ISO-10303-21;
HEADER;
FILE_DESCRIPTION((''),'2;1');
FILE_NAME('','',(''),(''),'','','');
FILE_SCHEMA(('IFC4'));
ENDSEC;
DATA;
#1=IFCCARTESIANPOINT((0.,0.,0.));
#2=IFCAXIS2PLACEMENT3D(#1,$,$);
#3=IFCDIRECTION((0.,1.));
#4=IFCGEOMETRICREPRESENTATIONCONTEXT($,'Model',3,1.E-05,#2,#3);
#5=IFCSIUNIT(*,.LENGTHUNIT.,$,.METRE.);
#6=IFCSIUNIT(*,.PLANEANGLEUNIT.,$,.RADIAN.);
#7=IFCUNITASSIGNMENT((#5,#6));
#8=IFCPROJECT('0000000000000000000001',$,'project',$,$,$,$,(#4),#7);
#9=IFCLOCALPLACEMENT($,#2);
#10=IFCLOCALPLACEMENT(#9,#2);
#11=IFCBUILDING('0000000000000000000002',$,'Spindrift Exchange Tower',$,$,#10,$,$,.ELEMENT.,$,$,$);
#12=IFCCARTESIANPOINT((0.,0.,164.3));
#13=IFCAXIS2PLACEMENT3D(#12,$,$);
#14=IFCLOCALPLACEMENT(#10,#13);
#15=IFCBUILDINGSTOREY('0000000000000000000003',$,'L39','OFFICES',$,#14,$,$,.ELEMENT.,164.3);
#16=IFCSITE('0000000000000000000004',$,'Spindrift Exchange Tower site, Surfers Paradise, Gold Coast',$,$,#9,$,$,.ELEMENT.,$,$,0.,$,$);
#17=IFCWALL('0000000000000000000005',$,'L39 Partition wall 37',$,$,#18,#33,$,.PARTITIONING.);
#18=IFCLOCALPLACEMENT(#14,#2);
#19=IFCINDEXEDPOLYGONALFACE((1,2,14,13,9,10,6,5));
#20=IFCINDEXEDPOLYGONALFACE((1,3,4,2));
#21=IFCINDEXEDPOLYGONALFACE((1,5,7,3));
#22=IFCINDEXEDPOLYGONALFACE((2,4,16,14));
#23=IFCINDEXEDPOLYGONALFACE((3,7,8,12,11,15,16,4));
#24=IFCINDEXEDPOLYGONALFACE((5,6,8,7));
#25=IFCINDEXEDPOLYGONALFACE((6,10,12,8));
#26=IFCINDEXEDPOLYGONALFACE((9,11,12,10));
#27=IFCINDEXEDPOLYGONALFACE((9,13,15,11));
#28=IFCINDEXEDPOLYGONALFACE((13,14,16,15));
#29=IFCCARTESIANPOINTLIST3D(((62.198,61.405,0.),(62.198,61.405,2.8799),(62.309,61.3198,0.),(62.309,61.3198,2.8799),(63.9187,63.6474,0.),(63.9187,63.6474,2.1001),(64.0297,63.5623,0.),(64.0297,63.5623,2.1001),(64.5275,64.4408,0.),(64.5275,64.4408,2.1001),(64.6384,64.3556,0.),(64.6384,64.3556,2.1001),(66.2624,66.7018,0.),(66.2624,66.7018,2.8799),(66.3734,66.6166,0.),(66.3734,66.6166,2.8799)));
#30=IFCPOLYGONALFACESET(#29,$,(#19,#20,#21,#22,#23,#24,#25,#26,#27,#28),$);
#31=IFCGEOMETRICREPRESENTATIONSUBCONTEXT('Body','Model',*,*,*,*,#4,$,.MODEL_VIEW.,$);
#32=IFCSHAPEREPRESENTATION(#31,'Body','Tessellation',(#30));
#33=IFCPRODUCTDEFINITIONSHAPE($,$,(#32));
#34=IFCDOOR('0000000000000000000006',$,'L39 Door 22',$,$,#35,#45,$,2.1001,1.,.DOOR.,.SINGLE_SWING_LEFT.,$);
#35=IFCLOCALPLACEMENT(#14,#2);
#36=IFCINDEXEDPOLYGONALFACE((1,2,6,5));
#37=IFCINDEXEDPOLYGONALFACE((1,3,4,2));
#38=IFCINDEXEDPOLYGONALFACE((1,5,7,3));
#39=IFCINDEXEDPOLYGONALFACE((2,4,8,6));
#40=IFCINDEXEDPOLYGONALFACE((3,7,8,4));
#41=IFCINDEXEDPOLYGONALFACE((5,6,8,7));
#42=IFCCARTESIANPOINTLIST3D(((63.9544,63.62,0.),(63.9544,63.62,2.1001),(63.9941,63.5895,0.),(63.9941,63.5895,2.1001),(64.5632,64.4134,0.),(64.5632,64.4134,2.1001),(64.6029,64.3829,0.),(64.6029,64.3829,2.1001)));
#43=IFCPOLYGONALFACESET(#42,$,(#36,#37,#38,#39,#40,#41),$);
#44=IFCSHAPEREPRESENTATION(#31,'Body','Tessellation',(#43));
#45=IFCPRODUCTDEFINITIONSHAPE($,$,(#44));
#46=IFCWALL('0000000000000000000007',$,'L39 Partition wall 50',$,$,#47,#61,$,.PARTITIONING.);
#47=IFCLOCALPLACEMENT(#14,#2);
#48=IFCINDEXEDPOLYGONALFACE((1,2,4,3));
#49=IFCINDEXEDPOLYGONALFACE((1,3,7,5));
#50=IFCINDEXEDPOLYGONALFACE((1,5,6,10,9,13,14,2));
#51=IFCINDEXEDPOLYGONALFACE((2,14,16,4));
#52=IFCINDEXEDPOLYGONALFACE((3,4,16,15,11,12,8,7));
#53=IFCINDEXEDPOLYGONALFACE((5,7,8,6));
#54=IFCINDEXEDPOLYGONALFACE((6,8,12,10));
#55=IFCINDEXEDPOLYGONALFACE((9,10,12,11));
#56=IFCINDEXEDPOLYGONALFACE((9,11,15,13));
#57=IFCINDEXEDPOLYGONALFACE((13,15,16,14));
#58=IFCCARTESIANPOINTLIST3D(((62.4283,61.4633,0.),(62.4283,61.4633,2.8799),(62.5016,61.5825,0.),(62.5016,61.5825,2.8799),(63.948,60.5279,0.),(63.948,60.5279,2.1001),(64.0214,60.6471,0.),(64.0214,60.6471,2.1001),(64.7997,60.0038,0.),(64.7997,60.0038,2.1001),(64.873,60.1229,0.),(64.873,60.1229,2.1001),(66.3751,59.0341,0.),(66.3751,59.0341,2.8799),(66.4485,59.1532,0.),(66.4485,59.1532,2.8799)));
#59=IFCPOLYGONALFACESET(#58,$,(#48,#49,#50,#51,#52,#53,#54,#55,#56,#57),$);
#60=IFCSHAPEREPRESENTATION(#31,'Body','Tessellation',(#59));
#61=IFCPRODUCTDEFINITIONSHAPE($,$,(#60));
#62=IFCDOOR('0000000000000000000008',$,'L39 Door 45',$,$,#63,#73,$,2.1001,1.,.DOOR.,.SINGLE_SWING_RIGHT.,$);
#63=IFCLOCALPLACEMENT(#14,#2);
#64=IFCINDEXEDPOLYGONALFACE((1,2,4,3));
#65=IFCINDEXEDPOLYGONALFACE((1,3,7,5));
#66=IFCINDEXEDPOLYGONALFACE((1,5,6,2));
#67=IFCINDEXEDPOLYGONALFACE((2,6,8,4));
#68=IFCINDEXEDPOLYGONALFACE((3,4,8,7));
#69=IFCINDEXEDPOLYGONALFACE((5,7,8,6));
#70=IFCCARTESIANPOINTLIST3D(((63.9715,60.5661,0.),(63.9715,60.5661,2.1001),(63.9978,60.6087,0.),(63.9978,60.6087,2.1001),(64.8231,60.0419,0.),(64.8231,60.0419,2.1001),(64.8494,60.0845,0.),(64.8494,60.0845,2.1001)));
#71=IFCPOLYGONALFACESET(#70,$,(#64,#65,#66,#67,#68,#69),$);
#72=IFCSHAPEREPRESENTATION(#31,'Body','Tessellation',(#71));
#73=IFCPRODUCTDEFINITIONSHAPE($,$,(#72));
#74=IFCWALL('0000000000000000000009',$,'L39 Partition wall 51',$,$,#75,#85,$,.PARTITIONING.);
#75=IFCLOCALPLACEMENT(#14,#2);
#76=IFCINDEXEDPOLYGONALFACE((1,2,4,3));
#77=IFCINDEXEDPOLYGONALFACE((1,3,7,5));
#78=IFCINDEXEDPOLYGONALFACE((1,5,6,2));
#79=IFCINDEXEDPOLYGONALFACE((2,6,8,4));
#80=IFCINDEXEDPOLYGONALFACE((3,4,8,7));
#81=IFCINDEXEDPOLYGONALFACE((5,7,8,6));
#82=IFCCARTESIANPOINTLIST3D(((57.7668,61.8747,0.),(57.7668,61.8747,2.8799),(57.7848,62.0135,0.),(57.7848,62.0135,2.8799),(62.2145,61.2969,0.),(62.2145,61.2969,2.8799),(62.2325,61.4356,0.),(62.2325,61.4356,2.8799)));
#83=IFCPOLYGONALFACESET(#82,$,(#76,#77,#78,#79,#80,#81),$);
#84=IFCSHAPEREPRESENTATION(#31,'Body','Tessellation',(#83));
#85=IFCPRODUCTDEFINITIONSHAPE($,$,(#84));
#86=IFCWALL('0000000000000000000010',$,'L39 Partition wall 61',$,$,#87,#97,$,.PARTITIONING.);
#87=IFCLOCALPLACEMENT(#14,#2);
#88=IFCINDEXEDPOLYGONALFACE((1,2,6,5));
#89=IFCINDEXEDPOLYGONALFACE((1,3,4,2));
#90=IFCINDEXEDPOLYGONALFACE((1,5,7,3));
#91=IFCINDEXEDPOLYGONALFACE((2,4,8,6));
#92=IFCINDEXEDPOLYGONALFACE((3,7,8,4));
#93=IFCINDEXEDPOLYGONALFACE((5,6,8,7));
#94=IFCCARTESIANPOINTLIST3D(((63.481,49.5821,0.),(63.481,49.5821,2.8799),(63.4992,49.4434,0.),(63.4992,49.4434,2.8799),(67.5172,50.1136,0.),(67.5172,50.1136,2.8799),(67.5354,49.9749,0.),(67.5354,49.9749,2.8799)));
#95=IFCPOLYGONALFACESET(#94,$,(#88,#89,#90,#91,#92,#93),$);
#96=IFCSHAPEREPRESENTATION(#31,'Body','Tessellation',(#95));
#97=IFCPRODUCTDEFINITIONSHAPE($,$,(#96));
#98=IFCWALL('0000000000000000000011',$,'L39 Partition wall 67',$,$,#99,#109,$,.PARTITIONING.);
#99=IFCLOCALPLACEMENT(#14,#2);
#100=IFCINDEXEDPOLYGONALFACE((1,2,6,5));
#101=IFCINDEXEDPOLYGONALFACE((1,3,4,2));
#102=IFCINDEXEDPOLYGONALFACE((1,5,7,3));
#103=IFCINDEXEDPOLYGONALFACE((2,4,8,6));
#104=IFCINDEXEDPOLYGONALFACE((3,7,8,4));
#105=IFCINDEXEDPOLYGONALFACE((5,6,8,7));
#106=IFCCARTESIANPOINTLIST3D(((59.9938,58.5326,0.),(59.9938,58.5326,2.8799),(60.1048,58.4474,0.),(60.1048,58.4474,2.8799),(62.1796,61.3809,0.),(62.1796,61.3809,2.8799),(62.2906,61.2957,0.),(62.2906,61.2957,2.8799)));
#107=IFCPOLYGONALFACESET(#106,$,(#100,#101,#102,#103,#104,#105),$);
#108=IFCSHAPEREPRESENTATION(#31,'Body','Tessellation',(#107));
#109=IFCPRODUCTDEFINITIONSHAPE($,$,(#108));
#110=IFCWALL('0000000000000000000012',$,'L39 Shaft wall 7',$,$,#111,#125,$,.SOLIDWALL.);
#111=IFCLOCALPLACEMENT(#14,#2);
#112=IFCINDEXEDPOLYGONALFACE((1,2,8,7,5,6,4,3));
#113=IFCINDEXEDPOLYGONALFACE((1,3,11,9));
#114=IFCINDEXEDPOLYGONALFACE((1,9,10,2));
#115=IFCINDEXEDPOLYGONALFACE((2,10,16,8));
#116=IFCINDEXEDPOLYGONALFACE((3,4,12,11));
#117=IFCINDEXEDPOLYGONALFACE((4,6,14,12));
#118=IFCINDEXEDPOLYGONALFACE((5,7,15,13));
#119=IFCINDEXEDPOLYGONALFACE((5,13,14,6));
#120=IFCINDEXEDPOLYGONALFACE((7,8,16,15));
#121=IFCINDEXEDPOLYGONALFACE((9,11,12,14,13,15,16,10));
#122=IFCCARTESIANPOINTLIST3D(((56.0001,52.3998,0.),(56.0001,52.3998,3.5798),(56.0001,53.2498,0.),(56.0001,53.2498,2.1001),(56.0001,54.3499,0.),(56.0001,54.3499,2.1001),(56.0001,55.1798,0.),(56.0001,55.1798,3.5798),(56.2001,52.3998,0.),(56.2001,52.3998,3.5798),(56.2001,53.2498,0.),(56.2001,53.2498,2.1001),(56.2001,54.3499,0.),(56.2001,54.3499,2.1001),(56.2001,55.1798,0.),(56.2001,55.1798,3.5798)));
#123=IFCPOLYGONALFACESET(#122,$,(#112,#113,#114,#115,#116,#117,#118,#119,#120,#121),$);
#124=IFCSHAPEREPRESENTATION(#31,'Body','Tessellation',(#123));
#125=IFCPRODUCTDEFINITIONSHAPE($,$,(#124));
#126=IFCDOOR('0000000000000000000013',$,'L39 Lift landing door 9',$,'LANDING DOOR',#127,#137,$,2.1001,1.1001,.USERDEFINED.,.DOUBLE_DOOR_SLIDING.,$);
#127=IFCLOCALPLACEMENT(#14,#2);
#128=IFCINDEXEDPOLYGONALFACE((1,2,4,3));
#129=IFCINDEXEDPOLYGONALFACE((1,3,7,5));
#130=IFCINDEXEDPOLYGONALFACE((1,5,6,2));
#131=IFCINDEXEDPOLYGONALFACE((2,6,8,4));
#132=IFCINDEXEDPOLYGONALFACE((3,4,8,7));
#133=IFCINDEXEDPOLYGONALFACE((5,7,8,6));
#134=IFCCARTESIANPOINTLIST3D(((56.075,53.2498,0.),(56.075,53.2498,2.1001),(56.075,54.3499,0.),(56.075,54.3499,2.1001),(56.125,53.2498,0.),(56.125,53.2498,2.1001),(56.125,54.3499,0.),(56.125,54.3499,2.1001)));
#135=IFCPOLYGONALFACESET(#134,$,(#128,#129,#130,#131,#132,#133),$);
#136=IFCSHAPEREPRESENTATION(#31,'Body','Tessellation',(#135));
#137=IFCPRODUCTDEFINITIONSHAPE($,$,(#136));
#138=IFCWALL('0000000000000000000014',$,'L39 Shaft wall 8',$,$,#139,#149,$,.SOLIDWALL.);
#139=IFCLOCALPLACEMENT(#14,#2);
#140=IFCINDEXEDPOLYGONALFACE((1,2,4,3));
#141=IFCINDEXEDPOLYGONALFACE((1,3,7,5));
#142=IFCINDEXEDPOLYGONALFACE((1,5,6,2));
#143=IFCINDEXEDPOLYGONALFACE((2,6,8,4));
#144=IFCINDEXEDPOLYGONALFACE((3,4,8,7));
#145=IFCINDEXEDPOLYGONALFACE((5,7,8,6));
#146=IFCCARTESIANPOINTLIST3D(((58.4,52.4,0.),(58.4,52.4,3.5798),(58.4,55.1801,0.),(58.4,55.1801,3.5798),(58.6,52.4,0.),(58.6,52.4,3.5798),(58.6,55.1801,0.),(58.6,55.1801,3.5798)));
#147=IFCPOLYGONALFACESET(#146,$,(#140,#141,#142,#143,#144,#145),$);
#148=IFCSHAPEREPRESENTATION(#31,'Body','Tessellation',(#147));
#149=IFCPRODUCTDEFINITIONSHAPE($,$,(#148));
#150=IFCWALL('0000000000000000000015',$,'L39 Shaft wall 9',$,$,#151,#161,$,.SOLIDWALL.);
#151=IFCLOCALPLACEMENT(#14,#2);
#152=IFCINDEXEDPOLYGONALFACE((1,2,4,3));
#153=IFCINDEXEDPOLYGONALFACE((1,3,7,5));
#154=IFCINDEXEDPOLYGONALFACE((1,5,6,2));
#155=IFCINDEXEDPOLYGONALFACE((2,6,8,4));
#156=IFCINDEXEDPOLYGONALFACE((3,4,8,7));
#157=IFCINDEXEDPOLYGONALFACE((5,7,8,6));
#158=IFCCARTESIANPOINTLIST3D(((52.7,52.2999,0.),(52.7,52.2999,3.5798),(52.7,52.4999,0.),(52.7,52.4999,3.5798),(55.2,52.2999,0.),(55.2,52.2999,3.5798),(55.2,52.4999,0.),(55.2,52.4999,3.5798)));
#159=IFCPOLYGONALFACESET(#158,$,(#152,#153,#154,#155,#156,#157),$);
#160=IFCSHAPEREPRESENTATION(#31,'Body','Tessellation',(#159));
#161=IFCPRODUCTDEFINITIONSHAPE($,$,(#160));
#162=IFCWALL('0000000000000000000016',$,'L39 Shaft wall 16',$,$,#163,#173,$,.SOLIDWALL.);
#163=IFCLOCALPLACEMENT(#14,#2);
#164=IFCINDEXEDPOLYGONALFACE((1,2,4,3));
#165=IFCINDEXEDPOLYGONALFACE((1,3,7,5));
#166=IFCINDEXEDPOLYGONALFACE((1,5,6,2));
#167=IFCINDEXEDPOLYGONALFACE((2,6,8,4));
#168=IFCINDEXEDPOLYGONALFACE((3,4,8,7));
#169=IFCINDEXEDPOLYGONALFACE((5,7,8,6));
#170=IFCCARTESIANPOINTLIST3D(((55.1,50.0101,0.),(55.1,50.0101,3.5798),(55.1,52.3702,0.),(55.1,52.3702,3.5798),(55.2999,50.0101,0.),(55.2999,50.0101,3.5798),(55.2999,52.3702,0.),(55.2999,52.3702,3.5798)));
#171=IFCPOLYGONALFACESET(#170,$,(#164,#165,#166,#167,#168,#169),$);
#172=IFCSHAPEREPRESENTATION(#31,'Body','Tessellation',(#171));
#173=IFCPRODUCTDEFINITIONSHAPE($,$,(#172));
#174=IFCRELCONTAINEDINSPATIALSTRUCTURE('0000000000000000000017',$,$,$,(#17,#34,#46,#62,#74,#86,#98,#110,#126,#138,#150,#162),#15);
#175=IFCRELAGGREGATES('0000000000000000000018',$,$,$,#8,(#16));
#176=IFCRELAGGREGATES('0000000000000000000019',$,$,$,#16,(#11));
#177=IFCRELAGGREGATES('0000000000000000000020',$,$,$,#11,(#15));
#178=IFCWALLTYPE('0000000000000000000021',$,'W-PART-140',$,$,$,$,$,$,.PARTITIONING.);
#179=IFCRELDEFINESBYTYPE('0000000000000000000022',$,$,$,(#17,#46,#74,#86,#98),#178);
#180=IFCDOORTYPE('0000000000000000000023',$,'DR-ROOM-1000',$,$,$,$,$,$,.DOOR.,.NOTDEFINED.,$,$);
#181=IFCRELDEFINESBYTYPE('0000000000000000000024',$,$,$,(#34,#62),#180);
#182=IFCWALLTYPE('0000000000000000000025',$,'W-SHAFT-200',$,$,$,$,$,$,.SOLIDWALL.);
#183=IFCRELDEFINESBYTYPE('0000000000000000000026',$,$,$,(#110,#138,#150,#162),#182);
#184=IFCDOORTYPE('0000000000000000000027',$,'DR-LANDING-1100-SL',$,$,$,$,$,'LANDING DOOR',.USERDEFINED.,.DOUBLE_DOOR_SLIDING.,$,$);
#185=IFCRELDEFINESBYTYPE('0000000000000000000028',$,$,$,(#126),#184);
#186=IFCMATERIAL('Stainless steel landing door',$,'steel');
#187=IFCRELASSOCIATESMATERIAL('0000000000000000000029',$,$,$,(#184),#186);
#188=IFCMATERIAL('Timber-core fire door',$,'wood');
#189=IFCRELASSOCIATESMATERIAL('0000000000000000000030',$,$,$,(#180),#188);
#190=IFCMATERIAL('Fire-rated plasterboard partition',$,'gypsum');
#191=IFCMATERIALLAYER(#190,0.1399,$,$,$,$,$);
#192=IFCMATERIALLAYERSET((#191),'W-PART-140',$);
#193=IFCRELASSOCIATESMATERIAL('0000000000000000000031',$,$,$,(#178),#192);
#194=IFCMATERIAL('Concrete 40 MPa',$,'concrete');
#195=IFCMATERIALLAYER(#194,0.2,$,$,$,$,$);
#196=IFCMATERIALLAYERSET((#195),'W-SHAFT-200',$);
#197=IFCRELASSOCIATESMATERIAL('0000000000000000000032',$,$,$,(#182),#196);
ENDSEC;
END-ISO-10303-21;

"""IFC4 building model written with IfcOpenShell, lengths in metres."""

from ifc_helpers import new_model, si_unit, direction, frame, frame_2d, origin, place, context, subcontext, project, spatial, rectangle, extrude, source, transform, mapped, material, layer, layer_set, type_object, element, fill, save


model = new_model("IFC4")

# Units and contexts
model_context = context("Model", 3, precision=1e-05, world=origin(), true_north=direction((0.0, 1.0)))
body_context = subcontext(model_context, "Body", "Model", "MODEL_VIEW")
ifc_project = project(units=[si_unit("LENGTHUNIT", "METRE"), si_unit("PLANEANGLEUNIT", "RADIAN")], contexts=[model_context])

# Site, building, storey
site_placement = place(None, origin())
site = spatial("IfcSite", under=ifc_project, at=site_placement, Name="Spindrift Exchange Tower site, Surfers Paradise, Gold Coast", CompositionType="ELEMENT", RefElevation=0.0)
building_placement = place(site_placement, origin())
building = spatial("IfcBuilding", under=site, at=building_placement, Name="Spindrift Exchange Tower", CompositionType="ELEMENT")
storey_placement = place(building_placement, frame((0.0, 0.0, 164.3)))
storey = spatial("IfcBuildingStorey", under=building, at=storey_placement, Name="L39", Description="OFFICES", CompositionType="ELEMENT", Elevation=164.3)

# Shared definitions
ifc_material_1 = material(Name="Stainless steel landing door", Category="steel")
door_type_1 = type_object("IfcDoorType", Name="DR-LANDING-1100-SL", ElementType="LANDING DOOR", OperationType="DOUBLE_DOOR_SLIDING", PredefinedType="USERDEFINED", material=ifc_material_1)
shared_shape_1 = source(origin(), body_context, "Body", "SweptSolid", [
    extrude(rectangle(XDim=1.1001, YDim=2.1001, at=frame_2d((0.55, 1.05))), frame((0.0, 0.0249, 0.0), z_axis=(0.0, -1.0, 0.0), x_axis=(1.0, 0.0, 0.0)), (0.0, 0.0, 1.0), 0.05),
])
ifc_material_2 = material(Name="Timber-core fire door", Category="wood")
ifc_material_3 = material(Name="Fire-rated plasterboard partition", Category="gypsum")
door_type_2 = type_object("IfcDoorType", Name="DR-ROOM-1000", OperationType="NOTDEFINED", PredefinedType="DOOR", material=ifc_material_2)
shared_shape_2 = source(origin(), body_context, "Body", "SweptSolid", [
    extrude(rectangle(XDim=1.0, YDim=2.1001, at=frame_2d((0.5, 1.05))), frame((0.0, 0.0249, 0.0), z_axis=(0.0, -1.0, 0.0), x_axis=(1.0, 0.0, 0.0)), (0.0, 0.0, 1.0), 0.05),
])

# Walls, openings, doors
ifc_layer_1 = layer(ifc_material_3, 0.1399)
ifc_layer_set_1 = layer_set([ifc_layer_1], Name="W-PART-140")
wall_type_1 = type_object("IfcWallType", Name="W-PART-140", PredefinedType="PARTITIONING", material=ifc_layer_set_1)
wall_1_placement = place(storey_placement, frame((62.2534, 61.3623, 0.0), z_axis=(0.0, 0.0, 1.0), x_axis=(0.608763, 0.793352, 0.0)))
wall_1 = element("IfcWall", 1, at=wall_1_placement, inside=storey, type_object=wall_type_1, Name="L39 Partition wall 37", PredefinedType="PARTITIONING", context=body_context, shape_type="SweptSolid", body=[
    extrude(rectangle(XDim=6.6765, YDim=0.1399, at=frame_2d((3.3384, 0.0))), origin(), (0.0, 0.0, 1.0), 2.8799),
])
opening_1_placement = place(wall_1_placement, frame((2.8267, 0.0, 0.0)))
opening_1 = element("IfcOpeningElement", 2, at=opening_1_placement, cuts=wall_1, PredefinedType="OPENING", context=body_context, shape_type="SweptSolid", body=[
    extrude(rectangle(XDim=1.0, YDim=2.1001, at=frame_2d((0.5, 1.05))), frame((0.0, 0.0798, 0.0), z_axis=(0.0, -1.0, 0.0), x_axis=(1.0, 0.0, 0.0)), (0.0, 0.0, 1.0), 0.1599),
])
door_1_placement = place(opening_1_placement, origin())
door_1 = element("IfcDoor", 3, at=door_1_placement, inside=storey, type_object=door_type_2, Name="L39 Door 22", OperationType="SINGLE_SWING_LEFT", OverallHeight=2.1001, OverallWidth=1.0, PredefinedType="DOOR", context=body_context, shape_type="MappedRepresentation", body=[
    mapped(shared_shape_2, transform((0.0, 0.0, 0.0), scale=1.0)),
])
fill(opening_1, door_1)
wall_2_placement = place(storey_placement, frame((62.4648, 61.5229, 0.0), z_axis=(0.0, 0.0, 1.0), x_axis=(0.851619, -0.524162, 0.0)))
wall_2 = element("IfcWall", 4, at=wall_2_placement, inside=storey, type_object=wall_type_1, Name="L39 Partition wall 50", PredefinedType="PARTITIONING", context=body_context, shape_type="SweptSolid", body=[
    extrude(rectangle(XDim=4.6345, YDim=0.1399, at=frame_2d((2.3174, 0.0))), origin(), (0.0, 0.0, 1.0), 2.8799),
])
opening_2_placement = place(wall_2_placement, frame((1.7847, 0.0, 0.0)))
opening_2 = element("IfcOpeningElement", 5, at=opening_2_placement, cuts=wall_2, PredefinedType="OPENING", context=body_context, shape_type="SweptSolid", body=[
    extrude(rectangle(XDim=1.0, YDim=2.1001, at=frame_2d((0.5, 1.05))), frame((0.0, 0.0798, 0.0), z_axis=(0.0, -1.0, 0.0), x_axis=(1.0, 0.0, 0.0)), (0.0, 0.0, 1.0), 0.1599),
])
door_2_placement = place(opening_2_placement, origin())
door_2 = element("IfcDoor", 6, at=door_2_placement, inside=storey, type_object=door_type_2, Name="L39 Door 45", OperationType="SINGLE_SWING_RIGHT", OverallHeight=2.1001, OverallWidth=1.0, PredefinedType="DOOR", context=body_context, shape_type="MappedRepresentation", body=[
    mapped(shared_shape_2, transform((0.0, 0.0, 0.0), scale=1.0)),
])
fill(opening_2, door_2)

# Walls
wall_3_placement = place(storey_placement, frame((62.2236, 61.3662, 0.0), z_axis=(0.0, 0.0, 1.0), x_axis=(-0.991665, 0.128844, 0.0)))
element("IfcWall", 7, at=wall_3_placement, inside=storey, type_object=wall_type_1, Name="L39 Partition wall 51", PredefinedType="PARTITIONING", context=body_context, shape_type="SweptSolid", body=[
    extrude(rectangle(XDim=4.4851, YDim=0.1399, at=frame_2d((2.2427, 0.0))), origin(), (0.0, 0.0, 1.0), 2.8799),
])
wall_4_placement = place(storey_placement, frame((63.49, 49.5127, 0.0), z_axis=(0.0, 0.0, 1.0), x_axis=(0.991441, 0.130557, 0.0)))
element("IfcWall", 8, at=wall_4_placement, inside=storey, type_object=wall_type_1, Name="L39 Partition wall 61", PredefinedType="PARTITIONING", context=body_context, shape_type="SweptSolid", body=[
    extrude(rectangle(XDim=4.071, YDim=0.1399, at=frame_2d((2.0356, 0.0))), origin(), (0.0, 0.0, 1.0), 2.8799),
])
wall_5_placement = place(storey_placement, frame((60.0493, 58.49, 0.0), z_axis=(0.0, 0.0, 1.0), x_axis=(0.608787, 0.793334, 0.0)))
element("IfcWall", 9, at=wall_5_placement, inside=storey, type_object=wall_type_1, Name="L39 Partition wall 67", PredefinedType="PARTITIONING", context=body_context, shape_type="SweptSolid", body=[
    extrude(rectangle(XDim=3.5903, YDim=0.1399, at=frame_2d((1.7952, 0.0))), origin(), (0.0, 0.0, 1.0), 2.8799),
])

# Wall, opening, door
ifc_material_4 = material(Name="Concrete 40 MPa", Category="concrete")
ifc_layer_2 = layer(ifc_material_4, 0.2)
ifc_layer_set_2 = layer_set([ifc_layer_2], Name="W-SHAFT-200")
wall_type_2 = type_object("IfcWallType", Name="W-SHAFT-200", PredefinedType="SOLIDWALL", material=ifc_layer_set_2)
wall_6_placement = place(storey_placement, frame((56.1001, 55.1799, 0.0), z_axis=(0.0, 0.0, 1.0), x_axis=(0.0, -1.0, 0.0)))
wall_6 = element("IfcWall", 10, at=wall_6_placement, inside=storey, type_object=wall_type_2, Name="L39 Shaft wall 7", PredefinedType="SOLIDWALL", context=body_context, shape_type="SweptSolid", body=[
    extrude(rectangle(XDim=2.78, YDim=0.2, at=frame_2d((1.3901, 0.0))), origin(), (0.0, 0.0, 1.0), 3.5798),
])
opening_3_placement = place(wall_6_placement, frame((0.8301, 0.0, 0.0)))
opening_3 = element("IfcOpeningElement", 11, at=opening_3_placement, cuts=wall_6, PredefinedType="OPENING", context=body_context, shape_type="SweptSolid", body=[
    extrude(rectangle(XDim=1.1001, YDim=2.1001, at=frame_2d((0.55, 1.05))), frame((0.0, 0.1099, 0.0), z_axis=(0.0, -1.0, 0.0), x_axis=(1.0, 0.0, 0.0)), (0.0, 0.0, 1.0), 0.22),
])
door_3_placement = place(opening_3_placement, origin())
door_3 = element("IfcDoor", 12, at=door_3_placement, inside=storey, type_object=door_type_1, Name="L39 Lift landing door 9", ObjectType="LANDING DOOR", OperationType="DOUBLE_DOOR_SLIDING", OverallHeight=2.1001, OverallWidth=1.1001, PredefinedType="USERDEFINED", context=body_context, shape_type="MappedRepresentation", body=[
    mapped(shared_shape_1, transform((0.0, 0.0, 0.0), scale=1.0)),
])
fill(opening_3, door_3)

# Walls
wall_7_placement = place(storey_placement, frame((58.5, 52.3999, 0.0), z_axis=(0.0, 0.0, 1.0), x_axis=(0.0, 1.0, 0.0)))
element("IfcWall", 13, at=wall_7_placement, inside=storey, type_object=wall_type_2, Name="L39 Shaft wall 8", PredefinedType="SOLIDWALL", context=body_context, shape_type="SweptSolid", body=[
    extrude(rectangle(XDim=2.78, YDim=0.2, at=frame_2d((1.3901, 0.0))), origin(), (0.0, 0.0, 1.0), 3.5798),
])
wall_8_placement = place(storey_placement, frame((55.2, 52.3999, 0.0), z_axis=(0.0, 0.0, 1.0), x_axis=(-1.0, 0.0, 0.0)))
element("IfcWall", 14, at=wall_8_placement, inside=storey, type_object=wall_type_2, Name="L39 Shaft wall 9", PredefinedType="SOLIDWALL", context=body_context, shape_type="SweptSolid", body=[
    extrude(rectangle(XDim=2.5, YDim=0.2, at=frame_2d((1.25, 0.0))), origin(), (0.0, 0.0, 1.0), 3.5798),
])
wall_9_placement = place(storey_placement, frame((55.2, 50.01, 0.0), z_axis=(0.0, 0.0, 1.0), x_axis=(0.0, 1.0, 0.0)))
element("IfcWall", 15, at=wall_9_placement, inside=storey, type_object=wall_type_2, Name="L39 Shaft wall 16", PredefinedType="SOLIDWALL", context=body_context, shape_type="SweptSolid", body=[
    extrude(rectangle(XDim=2.3601, YDim=0.2, at=frame_2d((1.1802, 0.0))), origin(), (0.0, 0.0, 1.0), 3.5798),
])

save(model, "model.ifc")
